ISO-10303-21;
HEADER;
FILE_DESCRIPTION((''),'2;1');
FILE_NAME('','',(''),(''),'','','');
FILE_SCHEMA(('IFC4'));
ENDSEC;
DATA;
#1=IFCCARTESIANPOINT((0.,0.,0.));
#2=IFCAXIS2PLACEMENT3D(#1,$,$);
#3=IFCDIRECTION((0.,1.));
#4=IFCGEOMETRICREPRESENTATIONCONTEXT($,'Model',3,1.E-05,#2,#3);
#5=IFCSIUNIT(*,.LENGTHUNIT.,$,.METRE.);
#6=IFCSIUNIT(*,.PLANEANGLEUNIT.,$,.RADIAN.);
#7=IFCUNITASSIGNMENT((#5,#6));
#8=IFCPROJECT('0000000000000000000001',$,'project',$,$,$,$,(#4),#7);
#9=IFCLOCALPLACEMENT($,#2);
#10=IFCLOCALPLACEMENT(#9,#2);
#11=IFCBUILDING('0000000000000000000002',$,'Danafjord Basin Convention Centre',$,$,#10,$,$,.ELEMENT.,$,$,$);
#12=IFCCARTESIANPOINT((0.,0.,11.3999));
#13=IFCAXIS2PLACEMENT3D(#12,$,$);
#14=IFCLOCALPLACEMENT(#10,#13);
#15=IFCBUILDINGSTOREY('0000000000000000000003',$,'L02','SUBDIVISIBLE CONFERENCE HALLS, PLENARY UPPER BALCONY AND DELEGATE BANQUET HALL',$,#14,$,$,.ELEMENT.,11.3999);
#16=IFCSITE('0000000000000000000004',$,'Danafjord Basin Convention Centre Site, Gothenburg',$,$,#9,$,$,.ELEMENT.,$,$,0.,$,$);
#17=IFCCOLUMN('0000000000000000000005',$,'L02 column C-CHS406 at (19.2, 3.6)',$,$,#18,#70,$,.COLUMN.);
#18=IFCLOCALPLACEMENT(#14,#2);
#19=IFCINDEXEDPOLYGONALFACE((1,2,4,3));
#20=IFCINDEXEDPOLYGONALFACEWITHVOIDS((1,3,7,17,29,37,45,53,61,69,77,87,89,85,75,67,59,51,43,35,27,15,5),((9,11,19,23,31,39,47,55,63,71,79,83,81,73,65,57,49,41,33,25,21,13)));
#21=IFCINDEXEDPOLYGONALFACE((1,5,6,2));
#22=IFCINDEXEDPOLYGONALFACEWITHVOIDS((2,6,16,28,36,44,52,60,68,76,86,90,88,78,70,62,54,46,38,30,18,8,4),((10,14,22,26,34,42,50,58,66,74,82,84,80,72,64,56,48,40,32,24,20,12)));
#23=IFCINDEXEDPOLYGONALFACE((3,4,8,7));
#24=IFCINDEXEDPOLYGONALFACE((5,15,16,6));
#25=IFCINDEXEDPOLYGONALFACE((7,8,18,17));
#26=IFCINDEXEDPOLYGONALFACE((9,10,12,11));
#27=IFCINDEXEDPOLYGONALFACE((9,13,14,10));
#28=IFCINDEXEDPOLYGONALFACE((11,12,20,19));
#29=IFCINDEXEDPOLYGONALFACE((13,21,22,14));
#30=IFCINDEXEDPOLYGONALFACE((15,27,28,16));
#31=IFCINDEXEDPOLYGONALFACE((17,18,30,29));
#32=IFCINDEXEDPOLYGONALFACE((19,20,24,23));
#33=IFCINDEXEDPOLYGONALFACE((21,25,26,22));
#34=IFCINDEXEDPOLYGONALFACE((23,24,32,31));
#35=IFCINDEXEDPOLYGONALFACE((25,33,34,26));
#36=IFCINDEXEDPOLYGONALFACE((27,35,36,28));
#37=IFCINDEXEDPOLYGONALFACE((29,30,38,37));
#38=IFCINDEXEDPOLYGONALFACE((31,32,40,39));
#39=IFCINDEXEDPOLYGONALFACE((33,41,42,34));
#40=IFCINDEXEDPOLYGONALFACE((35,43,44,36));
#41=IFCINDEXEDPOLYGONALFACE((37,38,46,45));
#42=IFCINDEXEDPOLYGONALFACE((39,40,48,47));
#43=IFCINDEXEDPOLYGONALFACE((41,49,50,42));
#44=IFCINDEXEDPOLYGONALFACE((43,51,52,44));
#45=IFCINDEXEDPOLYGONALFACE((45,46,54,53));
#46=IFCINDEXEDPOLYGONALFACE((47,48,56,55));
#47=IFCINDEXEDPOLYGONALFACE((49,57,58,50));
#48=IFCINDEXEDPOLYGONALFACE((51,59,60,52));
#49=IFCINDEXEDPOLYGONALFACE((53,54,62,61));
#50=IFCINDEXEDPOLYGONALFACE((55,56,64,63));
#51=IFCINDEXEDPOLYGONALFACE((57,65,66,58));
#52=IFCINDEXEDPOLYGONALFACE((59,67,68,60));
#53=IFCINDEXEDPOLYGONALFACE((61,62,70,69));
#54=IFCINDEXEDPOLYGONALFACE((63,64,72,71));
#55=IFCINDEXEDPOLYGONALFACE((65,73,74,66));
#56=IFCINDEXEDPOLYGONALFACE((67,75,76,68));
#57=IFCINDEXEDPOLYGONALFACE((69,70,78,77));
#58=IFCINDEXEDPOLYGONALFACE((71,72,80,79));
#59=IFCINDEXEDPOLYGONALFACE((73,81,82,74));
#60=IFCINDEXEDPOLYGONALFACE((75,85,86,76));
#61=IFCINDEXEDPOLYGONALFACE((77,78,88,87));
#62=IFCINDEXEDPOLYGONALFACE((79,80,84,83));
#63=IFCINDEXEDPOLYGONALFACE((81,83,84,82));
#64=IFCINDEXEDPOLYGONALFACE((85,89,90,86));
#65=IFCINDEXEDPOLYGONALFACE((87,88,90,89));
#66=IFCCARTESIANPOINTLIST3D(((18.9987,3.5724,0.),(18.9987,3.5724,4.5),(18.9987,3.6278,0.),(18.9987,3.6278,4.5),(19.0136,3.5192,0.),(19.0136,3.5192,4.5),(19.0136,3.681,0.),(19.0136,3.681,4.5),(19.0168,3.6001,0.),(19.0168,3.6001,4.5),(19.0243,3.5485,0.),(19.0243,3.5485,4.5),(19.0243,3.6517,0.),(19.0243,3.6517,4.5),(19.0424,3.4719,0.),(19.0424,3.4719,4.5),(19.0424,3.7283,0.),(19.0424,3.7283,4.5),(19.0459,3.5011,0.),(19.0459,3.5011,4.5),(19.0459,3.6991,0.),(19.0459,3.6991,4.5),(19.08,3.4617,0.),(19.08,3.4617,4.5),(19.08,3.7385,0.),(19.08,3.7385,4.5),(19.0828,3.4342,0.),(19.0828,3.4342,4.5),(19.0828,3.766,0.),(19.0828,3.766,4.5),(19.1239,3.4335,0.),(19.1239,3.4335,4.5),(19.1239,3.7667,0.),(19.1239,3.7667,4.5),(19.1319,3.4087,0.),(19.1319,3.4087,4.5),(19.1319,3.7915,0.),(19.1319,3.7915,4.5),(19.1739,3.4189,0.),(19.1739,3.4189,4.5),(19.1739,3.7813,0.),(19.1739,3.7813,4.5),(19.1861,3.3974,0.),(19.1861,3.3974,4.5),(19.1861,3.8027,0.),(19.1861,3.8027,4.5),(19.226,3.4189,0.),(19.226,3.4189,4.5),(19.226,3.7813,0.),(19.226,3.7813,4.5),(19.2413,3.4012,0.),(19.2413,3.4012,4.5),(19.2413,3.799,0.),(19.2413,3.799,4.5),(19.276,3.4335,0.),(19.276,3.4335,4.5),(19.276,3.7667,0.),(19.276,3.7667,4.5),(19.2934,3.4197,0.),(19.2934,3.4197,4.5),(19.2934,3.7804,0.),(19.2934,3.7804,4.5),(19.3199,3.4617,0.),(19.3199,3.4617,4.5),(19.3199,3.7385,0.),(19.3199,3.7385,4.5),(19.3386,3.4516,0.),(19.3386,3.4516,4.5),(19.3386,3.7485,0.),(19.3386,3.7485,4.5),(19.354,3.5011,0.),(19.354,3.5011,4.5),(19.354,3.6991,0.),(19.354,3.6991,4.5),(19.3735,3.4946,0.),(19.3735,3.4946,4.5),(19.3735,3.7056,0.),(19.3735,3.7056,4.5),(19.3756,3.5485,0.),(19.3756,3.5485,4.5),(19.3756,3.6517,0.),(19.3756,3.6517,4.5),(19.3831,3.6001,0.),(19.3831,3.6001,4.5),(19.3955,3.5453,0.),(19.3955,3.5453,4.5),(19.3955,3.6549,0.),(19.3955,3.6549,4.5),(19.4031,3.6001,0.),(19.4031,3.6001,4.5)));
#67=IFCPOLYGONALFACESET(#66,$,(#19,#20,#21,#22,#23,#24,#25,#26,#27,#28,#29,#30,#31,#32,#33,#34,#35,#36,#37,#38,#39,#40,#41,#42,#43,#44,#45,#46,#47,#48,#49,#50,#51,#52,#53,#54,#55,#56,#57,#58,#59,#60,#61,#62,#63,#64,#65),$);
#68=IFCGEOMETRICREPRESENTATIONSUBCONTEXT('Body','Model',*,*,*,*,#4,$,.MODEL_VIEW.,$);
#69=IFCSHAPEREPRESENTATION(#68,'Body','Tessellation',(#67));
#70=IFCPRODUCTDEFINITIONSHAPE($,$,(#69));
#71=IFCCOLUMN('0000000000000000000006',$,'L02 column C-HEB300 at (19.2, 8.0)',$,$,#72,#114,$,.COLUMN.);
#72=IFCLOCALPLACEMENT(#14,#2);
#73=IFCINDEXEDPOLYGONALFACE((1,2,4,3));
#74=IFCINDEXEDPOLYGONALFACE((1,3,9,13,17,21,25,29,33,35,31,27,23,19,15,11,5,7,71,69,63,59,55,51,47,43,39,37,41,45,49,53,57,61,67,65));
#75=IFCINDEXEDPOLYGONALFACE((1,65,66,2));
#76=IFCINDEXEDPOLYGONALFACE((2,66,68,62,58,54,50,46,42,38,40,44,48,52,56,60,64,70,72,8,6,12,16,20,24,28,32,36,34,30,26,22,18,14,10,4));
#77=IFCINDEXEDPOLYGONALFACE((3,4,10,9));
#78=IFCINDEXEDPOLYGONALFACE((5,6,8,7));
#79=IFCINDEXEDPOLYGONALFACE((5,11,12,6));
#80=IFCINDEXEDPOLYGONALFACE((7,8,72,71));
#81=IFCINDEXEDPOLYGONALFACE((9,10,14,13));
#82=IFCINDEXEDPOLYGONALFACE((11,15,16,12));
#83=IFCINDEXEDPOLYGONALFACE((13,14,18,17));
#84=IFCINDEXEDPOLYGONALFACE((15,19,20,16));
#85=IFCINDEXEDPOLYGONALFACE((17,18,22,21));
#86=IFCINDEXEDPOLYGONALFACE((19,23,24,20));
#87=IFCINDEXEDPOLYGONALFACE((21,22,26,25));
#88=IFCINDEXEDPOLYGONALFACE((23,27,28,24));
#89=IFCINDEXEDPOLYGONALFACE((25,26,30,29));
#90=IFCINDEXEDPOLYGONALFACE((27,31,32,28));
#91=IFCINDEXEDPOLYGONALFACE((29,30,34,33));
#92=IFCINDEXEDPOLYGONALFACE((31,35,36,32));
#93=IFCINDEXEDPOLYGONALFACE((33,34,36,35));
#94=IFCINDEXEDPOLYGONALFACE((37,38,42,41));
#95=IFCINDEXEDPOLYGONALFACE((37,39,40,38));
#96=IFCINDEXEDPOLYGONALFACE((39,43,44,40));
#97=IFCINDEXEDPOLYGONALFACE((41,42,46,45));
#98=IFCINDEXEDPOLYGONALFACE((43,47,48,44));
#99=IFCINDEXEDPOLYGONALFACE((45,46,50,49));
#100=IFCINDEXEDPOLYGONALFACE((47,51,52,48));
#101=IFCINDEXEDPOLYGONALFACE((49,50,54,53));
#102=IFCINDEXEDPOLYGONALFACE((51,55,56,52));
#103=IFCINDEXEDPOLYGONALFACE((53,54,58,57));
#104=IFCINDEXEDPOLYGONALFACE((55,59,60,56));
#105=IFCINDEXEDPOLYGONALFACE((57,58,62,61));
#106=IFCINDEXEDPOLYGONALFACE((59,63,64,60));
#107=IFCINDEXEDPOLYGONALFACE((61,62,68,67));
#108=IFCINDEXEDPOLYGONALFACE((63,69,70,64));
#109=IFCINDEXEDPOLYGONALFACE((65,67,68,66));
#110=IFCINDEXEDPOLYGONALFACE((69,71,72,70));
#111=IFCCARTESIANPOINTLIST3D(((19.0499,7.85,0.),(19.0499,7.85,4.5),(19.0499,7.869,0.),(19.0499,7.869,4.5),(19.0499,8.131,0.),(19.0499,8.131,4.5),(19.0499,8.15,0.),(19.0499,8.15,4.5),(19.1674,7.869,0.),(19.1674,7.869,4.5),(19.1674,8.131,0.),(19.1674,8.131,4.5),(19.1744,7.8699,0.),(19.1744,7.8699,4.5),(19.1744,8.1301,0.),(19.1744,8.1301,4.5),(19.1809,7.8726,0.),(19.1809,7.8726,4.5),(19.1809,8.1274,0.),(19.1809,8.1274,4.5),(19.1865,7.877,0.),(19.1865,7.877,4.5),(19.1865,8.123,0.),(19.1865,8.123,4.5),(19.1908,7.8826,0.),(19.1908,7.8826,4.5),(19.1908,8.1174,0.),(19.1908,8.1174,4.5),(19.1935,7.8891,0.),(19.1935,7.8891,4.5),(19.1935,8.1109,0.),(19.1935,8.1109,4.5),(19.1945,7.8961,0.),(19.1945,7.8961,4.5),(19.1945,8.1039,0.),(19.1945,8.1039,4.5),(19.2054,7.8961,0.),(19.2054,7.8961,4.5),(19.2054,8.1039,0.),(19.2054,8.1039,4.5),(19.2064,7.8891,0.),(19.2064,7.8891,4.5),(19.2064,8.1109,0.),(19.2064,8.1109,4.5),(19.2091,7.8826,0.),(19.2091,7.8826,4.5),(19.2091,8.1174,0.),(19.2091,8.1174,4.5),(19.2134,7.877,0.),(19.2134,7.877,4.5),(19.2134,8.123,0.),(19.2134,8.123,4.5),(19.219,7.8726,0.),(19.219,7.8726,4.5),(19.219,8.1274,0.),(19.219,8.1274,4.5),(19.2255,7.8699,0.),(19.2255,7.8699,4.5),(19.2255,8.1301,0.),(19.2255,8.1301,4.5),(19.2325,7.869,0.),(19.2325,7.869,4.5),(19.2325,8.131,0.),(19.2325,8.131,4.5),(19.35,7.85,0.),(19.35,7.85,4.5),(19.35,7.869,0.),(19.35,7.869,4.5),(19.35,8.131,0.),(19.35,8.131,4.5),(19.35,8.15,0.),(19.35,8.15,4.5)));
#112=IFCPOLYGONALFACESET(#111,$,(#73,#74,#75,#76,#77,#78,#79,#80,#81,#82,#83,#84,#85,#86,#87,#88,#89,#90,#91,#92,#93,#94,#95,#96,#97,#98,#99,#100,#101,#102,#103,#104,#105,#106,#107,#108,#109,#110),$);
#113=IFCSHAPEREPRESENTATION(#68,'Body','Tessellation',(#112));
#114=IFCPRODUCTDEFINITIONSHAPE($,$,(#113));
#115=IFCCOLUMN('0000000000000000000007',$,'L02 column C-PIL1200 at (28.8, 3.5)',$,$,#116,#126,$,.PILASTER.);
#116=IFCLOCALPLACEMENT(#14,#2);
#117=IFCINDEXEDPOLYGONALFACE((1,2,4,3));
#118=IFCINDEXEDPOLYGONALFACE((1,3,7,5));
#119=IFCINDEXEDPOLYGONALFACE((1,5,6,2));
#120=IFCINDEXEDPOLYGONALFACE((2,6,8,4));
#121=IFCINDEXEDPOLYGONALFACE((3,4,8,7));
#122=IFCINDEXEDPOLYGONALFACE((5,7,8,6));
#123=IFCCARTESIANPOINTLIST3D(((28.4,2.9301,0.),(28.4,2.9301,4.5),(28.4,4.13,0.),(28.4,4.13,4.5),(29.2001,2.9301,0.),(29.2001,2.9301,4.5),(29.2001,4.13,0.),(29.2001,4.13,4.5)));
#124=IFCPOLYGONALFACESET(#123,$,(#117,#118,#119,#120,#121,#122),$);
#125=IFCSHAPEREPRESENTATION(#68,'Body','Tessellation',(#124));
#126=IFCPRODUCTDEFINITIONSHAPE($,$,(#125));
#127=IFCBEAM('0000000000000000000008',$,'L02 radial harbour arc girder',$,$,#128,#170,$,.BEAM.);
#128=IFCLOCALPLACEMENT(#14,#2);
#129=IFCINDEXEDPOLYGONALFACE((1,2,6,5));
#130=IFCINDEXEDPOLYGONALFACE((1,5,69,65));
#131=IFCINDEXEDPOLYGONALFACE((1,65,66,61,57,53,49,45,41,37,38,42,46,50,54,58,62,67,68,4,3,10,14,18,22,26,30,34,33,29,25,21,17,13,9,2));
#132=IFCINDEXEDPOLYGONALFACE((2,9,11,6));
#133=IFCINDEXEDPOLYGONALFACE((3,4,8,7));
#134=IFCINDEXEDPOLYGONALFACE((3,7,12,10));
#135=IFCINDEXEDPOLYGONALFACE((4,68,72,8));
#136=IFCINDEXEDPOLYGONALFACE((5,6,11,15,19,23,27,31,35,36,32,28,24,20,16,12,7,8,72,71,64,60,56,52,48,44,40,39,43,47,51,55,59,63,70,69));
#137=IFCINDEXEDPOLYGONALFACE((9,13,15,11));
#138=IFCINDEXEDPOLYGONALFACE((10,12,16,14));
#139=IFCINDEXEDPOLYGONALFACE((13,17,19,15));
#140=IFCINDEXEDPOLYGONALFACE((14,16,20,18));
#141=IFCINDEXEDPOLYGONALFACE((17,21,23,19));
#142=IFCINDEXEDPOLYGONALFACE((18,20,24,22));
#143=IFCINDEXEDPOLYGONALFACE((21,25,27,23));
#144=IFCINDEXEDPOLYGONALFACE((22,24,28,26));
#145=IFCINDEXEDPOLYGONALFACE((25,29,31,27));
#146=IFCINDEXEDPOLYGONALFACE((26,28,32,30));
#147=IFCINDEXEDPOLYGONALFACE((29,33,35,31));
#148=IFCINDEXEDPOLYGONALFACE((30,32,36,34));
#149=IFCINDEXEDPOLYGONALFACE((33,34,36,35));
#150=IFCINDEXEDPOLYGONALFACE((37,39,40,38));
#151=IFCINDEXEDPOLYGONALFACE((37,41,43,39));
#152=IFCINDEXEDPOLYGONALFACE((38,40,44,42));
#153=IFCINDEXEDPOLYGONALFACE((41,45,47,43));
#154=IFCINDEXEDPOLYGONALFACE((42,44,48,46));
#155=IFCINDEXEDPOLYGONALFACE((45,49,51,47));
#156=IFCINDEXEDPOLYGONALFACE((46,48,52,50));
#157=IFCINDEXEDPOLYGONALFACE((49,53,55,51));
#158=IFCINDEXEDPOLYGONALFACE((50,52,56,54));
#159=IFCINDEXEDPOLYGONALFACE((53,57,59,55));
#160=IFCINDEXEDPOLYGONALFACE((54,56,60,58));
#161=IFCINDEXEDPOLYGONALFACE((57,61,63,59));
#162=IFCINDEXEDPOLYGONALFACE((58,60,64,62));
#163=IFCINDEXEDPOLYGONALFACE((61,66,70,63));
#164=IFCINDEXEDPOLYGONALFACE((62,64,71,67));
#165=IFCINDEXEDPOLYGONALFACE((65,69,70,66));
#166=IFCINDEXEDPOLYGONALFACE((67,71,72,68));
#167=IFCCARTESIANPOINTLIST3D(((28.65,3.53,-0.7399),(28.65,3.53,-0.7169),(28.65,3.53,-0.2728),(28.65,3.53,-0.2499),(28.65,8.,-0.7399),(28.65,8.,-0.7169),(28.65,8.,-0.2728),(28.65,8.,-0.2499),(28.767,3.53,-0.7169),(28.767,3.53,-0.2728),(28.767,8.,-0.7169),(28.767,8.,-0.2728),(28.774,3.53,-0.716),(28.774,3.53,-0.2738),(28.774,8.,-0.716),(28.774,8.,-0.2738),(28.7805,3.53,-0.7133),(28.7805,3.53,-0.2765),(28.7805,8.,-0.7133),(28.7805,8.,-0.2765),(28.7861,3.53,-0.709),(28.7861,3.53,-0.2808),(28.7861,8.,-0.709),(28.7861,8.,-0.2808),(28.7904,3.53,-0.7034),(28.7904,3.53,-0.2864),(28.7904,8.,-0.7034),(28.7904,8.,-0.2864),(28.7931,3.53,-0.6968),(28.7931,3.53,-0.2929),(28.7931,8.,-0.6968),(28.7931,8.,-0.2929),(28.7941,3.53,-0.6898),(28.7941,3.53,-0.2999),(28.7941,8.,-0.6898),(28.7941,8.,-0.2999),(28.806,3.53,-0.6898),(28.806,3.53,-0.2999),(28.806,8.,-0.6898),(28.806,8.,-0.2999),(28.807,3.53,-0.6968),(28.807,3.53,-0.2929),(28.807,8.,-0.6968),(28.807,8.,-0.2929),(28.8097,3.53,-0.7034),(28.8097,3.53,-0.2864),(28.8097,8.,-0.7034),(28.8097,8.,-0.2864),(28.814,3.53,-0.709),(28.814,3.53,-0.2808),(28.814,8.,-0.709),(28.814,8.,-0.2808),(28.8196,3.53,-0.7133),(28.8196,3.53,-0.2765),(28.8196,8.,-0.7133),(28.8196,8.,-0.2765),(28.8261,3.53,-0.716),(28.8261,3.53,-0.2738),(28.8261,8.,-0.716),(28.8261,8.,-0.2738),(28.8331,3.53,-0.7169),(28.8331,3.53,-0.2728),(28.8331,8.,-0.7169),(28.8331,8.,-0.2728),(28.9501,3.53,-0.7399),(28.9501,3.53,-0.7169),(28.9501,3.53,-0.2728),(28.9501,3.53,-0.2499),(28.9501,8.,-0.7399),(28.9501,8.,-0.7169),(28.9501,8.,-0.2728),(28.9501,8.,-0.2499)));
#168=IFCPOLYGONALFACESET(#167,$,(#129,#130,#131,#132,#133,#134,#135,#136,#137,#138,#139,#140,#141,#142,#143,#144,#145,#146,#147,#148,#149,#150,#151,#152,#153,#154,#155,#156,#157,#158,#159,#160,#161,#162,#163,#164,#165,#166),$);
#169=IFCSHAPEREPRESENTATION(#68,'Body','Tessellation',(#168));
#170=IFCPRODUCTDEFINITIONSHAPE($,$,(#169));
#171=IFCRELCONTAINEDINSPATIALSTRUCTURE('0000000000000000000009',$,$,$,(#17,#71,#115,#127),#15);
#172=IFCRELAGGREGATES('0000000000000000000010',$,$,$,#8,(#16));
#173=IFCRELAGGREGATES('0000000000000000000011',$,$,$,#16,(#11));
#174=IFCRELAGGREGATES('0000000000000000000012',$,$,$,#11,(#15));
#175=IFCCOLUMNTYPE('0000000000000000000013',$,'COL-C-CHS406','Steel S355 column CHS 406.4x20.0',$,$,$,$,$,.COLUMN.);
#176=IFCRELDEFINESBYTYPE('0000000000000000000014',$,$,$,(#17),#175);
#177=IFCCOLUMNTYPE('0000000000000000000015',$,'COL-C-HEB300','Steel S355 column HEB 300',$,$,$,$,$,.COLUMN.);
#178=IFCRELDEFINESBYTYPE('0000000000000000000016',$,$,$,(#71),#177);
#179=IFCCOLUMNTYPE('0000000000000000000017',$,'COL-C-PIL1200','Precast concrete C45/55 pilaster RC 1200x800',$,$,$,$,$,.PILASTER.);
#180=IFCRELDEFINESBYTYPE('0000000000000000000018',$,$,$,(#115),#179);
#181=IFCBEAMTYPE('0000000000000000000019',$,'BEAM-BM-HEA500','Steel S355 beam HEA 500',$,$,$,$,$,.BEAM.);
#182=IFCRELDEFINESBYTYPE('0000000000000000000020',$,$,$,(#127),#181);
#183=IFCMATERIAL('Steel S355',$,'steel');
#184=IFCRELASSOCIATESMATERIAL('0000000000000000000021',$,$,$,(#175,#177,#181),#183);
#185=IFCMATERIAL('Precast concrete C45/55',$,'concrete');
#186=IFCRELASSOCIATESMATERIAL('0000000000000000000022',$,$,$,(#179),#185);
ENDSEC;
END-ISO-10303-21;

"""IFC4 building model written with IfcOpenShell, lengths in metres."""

from ifc_helpers import new_model, si_unit, direction, frame, origin, origin_2d, place, context, subcontext, project, spatial, rectangle, hollow_circle, i_section, extrude, material, material_profile, profile_set, type_object, element, save


model = new_model("IFC4")

# Units and contexts
model_context = context("Model", 3, precision=1e-05, world=origin(), true_north=direction((0.0, 1.0)))
body_context = subcontext(model_context, "Body", "Model", "MODEL_VIEW")
ifc_project = project(units=[si_unit("LENGTHUNIT", "METRE"), si_unit("PLANEANGLEUNIT", "RADIAN")], contexts=[model_context])

# Site, building, storey
site_placement = place(None, origin())
site = spatial("IfcSite", under=ifc_project, at=site_placement, Name="Danafjord Basin Convention Centre Site, Gothenburg", CompositionType="ELEMENT", RefElevation=0.0)
building_placement = place(site_placement, origin())
building = spatial("IfcBuilding", under=site, at=building_placement, Name="Danafjord Basin Convention Centre", CompositionType="ELEMENT")
storey_placement = place(building_placement, frame((0.0, 0.0, 11.3999)))
storey = spatial("IfcBuildingStorey", under=building, at=storey_placement, Name="L02", Description="SUBDIVISIBLE CONFERENCE HALLS, PLENARY UPPER BALCONY AND DELEGATE BANQUET HALL", CompositionType="ELEMENT", Elevation=11.3999)

# Columns
ifc_material_1 = material(Name="Steel S355", Category="steel")
ifc_material_profile_1 = material_profile(ifc_material_1, hollow_circle(Radius=0.2031, WallThickness=0.02, at=origin_2d()), Name="CHS 406.4x20.0")
ifc_profile_set_1 = profile_set([ifc_material_profile_1], Name="Steel S355")
column_type_1 = type_object("IfcColumnType", Name="COL-C-CHS406", Description="Steel S355 column CHS 406.4x20.0", PredefinedType="COLUMN", material=ifc_profile_set_1)
column_1_placement = place(storey_placement, frame((19.2, 3.6001, 0.0), z_axis=(0.0, 0.0, 1.0), x_axis=(1.0, 0.0, 0.0)))
element("IfcColumn", 1, at=column_1_placement, inside=storey, type_object=column_type_1, Name="L02 column C-CHS406 at (19.2, 3.6)", PredefinedType="COLUMN", context=body_context, shape_type="SweptSolid", body=[
    extrude(hollow_circle(Radius=0.2031, WallThickness=0.02, at=origin_2d()), origin(), (0.0, 0.0, 1.0), 4.5),
])
ifc_material_profile_2 = material_profile(ifc_material_1, i_section(OverallWidth=0.3, OverallDepth=0.3, WebThickness=0.011, FlangeThickness=0.019, FilletRadius=0.0271, at=origin_2d()), Name="HEB 300")
ifc_profile_set_2 = profile_set([ifc_material_profile_2], Name="Steel S355")
column_type_2 = type_object("IfcColumnType", Name="COL-C-HEB300", Description="Steel S355 column HEB 300", PredefinedType="COLUMN", material=ifc_profile_set_2)
column_2_placement = place(storey_placement, frame((19.2, 8.0, 0.0), z_axis=(0.0, 0.0, 1.0), x_axis=(1.0, 0.0, 0.0)))
element("IfcColumn", 2, at=column_2_placement, inside=storey, type_object=column_type_2, Name="L02 column C-HEB300 at (19.2, 8.0)", PredefinedType="COLUMN", context=body_context, shape_type="SweptSolid", body=[
    extrude(i_section(OverallWidth=0.3, OverallDepth=0.3, WebThickness=0.011, FlangeThickness=0.019, FilletRadius=0.0271, at=origin_2d()), origin(), (0.0, 0.0, 1.0), 4.5),
])
ifc_material_2 = material(Name="Precast concrete C45/55", Category="concrete")
ifc_material_profile_3 = material_profile(ifc_material_2, rectangle(XDim=0.8, YDim=1.2, at=origin_2d()), Name="RC 1200x800")
ifc_profile_set_3 = profile_set([ifc_material_profile_3], Name="Precast concrete C45/55")
column_type_3 = type_object("IfcColumnType", Name="COL-C-PIL1200", Description="Precast concrete C45/55 pilaster RC 1200x800", PredefinedType="PILASTER", material=ifc_profile_set_3)
column_3_placement = place(storey_placement, frame((28.8, 3.53, 0.0), z_axis=(0.0, 0.0, 1.0), x_axis=(1.0, 0.0, 0.0)))
element("IfcColumn", 3, at=column_3_placement, inside=storey, type_object=column_type_3, Name="L02 column C-PIL1200 at (28.8, 3.5)", PredefinedType="PILASTER", context=body_context, shape_type="SweptSolid", body=[
    extrude(rectangle(XDim=0.8, YDim=1.2, at=origin_2d()), origin(), (0.0, 0.0, 1.0), 4.5),
])

# Beam
ifc_material_profile_4 = material_profile(ifc_material_1, i_section(OverallWidth=0.3, OverallDepth=0.49, WebThickness=0.012, FlangeThickness=0.0229, FilletRadius=0.0271, at=origin_2d()), Name="HEA 500")
ifc_profile_set_4 = profile_set([ifc_material_profile_4], Name="Steel S355")
beam_type_1 = type_object("IfcBeamType", Name="BEAM-BM-HEA500", Description="Steel S355 beam HEA 500", PredefinedType="BEAM", material=ifc_profile_set_4)
beam_1_placement = place(storey_placement, frame((28.8, 3.53, -0.4949), z_axis=(0.0, 1.0, 0.0), x_axis=(-1.0, 0.0, 0.0)))
element("IfcBeam", 4, at=beam_1_placement, inside=storey, type_object=beam_type_1, Name="L02 radial harbour arc girder", PredefinedType="BEAM", context=body_context, shape_type="SweptSolid", body=[
    extrude(i_section(OverallWidth=0.3, OverallDepth=0.49, WebThickness=0.012, FlangeThickness=0.0229, FilletRadius=0.0271, at=origin_2d()), origin(), (0.0, 0.0, 1.0), 4.47),
])

save(model, "model.ifc")
